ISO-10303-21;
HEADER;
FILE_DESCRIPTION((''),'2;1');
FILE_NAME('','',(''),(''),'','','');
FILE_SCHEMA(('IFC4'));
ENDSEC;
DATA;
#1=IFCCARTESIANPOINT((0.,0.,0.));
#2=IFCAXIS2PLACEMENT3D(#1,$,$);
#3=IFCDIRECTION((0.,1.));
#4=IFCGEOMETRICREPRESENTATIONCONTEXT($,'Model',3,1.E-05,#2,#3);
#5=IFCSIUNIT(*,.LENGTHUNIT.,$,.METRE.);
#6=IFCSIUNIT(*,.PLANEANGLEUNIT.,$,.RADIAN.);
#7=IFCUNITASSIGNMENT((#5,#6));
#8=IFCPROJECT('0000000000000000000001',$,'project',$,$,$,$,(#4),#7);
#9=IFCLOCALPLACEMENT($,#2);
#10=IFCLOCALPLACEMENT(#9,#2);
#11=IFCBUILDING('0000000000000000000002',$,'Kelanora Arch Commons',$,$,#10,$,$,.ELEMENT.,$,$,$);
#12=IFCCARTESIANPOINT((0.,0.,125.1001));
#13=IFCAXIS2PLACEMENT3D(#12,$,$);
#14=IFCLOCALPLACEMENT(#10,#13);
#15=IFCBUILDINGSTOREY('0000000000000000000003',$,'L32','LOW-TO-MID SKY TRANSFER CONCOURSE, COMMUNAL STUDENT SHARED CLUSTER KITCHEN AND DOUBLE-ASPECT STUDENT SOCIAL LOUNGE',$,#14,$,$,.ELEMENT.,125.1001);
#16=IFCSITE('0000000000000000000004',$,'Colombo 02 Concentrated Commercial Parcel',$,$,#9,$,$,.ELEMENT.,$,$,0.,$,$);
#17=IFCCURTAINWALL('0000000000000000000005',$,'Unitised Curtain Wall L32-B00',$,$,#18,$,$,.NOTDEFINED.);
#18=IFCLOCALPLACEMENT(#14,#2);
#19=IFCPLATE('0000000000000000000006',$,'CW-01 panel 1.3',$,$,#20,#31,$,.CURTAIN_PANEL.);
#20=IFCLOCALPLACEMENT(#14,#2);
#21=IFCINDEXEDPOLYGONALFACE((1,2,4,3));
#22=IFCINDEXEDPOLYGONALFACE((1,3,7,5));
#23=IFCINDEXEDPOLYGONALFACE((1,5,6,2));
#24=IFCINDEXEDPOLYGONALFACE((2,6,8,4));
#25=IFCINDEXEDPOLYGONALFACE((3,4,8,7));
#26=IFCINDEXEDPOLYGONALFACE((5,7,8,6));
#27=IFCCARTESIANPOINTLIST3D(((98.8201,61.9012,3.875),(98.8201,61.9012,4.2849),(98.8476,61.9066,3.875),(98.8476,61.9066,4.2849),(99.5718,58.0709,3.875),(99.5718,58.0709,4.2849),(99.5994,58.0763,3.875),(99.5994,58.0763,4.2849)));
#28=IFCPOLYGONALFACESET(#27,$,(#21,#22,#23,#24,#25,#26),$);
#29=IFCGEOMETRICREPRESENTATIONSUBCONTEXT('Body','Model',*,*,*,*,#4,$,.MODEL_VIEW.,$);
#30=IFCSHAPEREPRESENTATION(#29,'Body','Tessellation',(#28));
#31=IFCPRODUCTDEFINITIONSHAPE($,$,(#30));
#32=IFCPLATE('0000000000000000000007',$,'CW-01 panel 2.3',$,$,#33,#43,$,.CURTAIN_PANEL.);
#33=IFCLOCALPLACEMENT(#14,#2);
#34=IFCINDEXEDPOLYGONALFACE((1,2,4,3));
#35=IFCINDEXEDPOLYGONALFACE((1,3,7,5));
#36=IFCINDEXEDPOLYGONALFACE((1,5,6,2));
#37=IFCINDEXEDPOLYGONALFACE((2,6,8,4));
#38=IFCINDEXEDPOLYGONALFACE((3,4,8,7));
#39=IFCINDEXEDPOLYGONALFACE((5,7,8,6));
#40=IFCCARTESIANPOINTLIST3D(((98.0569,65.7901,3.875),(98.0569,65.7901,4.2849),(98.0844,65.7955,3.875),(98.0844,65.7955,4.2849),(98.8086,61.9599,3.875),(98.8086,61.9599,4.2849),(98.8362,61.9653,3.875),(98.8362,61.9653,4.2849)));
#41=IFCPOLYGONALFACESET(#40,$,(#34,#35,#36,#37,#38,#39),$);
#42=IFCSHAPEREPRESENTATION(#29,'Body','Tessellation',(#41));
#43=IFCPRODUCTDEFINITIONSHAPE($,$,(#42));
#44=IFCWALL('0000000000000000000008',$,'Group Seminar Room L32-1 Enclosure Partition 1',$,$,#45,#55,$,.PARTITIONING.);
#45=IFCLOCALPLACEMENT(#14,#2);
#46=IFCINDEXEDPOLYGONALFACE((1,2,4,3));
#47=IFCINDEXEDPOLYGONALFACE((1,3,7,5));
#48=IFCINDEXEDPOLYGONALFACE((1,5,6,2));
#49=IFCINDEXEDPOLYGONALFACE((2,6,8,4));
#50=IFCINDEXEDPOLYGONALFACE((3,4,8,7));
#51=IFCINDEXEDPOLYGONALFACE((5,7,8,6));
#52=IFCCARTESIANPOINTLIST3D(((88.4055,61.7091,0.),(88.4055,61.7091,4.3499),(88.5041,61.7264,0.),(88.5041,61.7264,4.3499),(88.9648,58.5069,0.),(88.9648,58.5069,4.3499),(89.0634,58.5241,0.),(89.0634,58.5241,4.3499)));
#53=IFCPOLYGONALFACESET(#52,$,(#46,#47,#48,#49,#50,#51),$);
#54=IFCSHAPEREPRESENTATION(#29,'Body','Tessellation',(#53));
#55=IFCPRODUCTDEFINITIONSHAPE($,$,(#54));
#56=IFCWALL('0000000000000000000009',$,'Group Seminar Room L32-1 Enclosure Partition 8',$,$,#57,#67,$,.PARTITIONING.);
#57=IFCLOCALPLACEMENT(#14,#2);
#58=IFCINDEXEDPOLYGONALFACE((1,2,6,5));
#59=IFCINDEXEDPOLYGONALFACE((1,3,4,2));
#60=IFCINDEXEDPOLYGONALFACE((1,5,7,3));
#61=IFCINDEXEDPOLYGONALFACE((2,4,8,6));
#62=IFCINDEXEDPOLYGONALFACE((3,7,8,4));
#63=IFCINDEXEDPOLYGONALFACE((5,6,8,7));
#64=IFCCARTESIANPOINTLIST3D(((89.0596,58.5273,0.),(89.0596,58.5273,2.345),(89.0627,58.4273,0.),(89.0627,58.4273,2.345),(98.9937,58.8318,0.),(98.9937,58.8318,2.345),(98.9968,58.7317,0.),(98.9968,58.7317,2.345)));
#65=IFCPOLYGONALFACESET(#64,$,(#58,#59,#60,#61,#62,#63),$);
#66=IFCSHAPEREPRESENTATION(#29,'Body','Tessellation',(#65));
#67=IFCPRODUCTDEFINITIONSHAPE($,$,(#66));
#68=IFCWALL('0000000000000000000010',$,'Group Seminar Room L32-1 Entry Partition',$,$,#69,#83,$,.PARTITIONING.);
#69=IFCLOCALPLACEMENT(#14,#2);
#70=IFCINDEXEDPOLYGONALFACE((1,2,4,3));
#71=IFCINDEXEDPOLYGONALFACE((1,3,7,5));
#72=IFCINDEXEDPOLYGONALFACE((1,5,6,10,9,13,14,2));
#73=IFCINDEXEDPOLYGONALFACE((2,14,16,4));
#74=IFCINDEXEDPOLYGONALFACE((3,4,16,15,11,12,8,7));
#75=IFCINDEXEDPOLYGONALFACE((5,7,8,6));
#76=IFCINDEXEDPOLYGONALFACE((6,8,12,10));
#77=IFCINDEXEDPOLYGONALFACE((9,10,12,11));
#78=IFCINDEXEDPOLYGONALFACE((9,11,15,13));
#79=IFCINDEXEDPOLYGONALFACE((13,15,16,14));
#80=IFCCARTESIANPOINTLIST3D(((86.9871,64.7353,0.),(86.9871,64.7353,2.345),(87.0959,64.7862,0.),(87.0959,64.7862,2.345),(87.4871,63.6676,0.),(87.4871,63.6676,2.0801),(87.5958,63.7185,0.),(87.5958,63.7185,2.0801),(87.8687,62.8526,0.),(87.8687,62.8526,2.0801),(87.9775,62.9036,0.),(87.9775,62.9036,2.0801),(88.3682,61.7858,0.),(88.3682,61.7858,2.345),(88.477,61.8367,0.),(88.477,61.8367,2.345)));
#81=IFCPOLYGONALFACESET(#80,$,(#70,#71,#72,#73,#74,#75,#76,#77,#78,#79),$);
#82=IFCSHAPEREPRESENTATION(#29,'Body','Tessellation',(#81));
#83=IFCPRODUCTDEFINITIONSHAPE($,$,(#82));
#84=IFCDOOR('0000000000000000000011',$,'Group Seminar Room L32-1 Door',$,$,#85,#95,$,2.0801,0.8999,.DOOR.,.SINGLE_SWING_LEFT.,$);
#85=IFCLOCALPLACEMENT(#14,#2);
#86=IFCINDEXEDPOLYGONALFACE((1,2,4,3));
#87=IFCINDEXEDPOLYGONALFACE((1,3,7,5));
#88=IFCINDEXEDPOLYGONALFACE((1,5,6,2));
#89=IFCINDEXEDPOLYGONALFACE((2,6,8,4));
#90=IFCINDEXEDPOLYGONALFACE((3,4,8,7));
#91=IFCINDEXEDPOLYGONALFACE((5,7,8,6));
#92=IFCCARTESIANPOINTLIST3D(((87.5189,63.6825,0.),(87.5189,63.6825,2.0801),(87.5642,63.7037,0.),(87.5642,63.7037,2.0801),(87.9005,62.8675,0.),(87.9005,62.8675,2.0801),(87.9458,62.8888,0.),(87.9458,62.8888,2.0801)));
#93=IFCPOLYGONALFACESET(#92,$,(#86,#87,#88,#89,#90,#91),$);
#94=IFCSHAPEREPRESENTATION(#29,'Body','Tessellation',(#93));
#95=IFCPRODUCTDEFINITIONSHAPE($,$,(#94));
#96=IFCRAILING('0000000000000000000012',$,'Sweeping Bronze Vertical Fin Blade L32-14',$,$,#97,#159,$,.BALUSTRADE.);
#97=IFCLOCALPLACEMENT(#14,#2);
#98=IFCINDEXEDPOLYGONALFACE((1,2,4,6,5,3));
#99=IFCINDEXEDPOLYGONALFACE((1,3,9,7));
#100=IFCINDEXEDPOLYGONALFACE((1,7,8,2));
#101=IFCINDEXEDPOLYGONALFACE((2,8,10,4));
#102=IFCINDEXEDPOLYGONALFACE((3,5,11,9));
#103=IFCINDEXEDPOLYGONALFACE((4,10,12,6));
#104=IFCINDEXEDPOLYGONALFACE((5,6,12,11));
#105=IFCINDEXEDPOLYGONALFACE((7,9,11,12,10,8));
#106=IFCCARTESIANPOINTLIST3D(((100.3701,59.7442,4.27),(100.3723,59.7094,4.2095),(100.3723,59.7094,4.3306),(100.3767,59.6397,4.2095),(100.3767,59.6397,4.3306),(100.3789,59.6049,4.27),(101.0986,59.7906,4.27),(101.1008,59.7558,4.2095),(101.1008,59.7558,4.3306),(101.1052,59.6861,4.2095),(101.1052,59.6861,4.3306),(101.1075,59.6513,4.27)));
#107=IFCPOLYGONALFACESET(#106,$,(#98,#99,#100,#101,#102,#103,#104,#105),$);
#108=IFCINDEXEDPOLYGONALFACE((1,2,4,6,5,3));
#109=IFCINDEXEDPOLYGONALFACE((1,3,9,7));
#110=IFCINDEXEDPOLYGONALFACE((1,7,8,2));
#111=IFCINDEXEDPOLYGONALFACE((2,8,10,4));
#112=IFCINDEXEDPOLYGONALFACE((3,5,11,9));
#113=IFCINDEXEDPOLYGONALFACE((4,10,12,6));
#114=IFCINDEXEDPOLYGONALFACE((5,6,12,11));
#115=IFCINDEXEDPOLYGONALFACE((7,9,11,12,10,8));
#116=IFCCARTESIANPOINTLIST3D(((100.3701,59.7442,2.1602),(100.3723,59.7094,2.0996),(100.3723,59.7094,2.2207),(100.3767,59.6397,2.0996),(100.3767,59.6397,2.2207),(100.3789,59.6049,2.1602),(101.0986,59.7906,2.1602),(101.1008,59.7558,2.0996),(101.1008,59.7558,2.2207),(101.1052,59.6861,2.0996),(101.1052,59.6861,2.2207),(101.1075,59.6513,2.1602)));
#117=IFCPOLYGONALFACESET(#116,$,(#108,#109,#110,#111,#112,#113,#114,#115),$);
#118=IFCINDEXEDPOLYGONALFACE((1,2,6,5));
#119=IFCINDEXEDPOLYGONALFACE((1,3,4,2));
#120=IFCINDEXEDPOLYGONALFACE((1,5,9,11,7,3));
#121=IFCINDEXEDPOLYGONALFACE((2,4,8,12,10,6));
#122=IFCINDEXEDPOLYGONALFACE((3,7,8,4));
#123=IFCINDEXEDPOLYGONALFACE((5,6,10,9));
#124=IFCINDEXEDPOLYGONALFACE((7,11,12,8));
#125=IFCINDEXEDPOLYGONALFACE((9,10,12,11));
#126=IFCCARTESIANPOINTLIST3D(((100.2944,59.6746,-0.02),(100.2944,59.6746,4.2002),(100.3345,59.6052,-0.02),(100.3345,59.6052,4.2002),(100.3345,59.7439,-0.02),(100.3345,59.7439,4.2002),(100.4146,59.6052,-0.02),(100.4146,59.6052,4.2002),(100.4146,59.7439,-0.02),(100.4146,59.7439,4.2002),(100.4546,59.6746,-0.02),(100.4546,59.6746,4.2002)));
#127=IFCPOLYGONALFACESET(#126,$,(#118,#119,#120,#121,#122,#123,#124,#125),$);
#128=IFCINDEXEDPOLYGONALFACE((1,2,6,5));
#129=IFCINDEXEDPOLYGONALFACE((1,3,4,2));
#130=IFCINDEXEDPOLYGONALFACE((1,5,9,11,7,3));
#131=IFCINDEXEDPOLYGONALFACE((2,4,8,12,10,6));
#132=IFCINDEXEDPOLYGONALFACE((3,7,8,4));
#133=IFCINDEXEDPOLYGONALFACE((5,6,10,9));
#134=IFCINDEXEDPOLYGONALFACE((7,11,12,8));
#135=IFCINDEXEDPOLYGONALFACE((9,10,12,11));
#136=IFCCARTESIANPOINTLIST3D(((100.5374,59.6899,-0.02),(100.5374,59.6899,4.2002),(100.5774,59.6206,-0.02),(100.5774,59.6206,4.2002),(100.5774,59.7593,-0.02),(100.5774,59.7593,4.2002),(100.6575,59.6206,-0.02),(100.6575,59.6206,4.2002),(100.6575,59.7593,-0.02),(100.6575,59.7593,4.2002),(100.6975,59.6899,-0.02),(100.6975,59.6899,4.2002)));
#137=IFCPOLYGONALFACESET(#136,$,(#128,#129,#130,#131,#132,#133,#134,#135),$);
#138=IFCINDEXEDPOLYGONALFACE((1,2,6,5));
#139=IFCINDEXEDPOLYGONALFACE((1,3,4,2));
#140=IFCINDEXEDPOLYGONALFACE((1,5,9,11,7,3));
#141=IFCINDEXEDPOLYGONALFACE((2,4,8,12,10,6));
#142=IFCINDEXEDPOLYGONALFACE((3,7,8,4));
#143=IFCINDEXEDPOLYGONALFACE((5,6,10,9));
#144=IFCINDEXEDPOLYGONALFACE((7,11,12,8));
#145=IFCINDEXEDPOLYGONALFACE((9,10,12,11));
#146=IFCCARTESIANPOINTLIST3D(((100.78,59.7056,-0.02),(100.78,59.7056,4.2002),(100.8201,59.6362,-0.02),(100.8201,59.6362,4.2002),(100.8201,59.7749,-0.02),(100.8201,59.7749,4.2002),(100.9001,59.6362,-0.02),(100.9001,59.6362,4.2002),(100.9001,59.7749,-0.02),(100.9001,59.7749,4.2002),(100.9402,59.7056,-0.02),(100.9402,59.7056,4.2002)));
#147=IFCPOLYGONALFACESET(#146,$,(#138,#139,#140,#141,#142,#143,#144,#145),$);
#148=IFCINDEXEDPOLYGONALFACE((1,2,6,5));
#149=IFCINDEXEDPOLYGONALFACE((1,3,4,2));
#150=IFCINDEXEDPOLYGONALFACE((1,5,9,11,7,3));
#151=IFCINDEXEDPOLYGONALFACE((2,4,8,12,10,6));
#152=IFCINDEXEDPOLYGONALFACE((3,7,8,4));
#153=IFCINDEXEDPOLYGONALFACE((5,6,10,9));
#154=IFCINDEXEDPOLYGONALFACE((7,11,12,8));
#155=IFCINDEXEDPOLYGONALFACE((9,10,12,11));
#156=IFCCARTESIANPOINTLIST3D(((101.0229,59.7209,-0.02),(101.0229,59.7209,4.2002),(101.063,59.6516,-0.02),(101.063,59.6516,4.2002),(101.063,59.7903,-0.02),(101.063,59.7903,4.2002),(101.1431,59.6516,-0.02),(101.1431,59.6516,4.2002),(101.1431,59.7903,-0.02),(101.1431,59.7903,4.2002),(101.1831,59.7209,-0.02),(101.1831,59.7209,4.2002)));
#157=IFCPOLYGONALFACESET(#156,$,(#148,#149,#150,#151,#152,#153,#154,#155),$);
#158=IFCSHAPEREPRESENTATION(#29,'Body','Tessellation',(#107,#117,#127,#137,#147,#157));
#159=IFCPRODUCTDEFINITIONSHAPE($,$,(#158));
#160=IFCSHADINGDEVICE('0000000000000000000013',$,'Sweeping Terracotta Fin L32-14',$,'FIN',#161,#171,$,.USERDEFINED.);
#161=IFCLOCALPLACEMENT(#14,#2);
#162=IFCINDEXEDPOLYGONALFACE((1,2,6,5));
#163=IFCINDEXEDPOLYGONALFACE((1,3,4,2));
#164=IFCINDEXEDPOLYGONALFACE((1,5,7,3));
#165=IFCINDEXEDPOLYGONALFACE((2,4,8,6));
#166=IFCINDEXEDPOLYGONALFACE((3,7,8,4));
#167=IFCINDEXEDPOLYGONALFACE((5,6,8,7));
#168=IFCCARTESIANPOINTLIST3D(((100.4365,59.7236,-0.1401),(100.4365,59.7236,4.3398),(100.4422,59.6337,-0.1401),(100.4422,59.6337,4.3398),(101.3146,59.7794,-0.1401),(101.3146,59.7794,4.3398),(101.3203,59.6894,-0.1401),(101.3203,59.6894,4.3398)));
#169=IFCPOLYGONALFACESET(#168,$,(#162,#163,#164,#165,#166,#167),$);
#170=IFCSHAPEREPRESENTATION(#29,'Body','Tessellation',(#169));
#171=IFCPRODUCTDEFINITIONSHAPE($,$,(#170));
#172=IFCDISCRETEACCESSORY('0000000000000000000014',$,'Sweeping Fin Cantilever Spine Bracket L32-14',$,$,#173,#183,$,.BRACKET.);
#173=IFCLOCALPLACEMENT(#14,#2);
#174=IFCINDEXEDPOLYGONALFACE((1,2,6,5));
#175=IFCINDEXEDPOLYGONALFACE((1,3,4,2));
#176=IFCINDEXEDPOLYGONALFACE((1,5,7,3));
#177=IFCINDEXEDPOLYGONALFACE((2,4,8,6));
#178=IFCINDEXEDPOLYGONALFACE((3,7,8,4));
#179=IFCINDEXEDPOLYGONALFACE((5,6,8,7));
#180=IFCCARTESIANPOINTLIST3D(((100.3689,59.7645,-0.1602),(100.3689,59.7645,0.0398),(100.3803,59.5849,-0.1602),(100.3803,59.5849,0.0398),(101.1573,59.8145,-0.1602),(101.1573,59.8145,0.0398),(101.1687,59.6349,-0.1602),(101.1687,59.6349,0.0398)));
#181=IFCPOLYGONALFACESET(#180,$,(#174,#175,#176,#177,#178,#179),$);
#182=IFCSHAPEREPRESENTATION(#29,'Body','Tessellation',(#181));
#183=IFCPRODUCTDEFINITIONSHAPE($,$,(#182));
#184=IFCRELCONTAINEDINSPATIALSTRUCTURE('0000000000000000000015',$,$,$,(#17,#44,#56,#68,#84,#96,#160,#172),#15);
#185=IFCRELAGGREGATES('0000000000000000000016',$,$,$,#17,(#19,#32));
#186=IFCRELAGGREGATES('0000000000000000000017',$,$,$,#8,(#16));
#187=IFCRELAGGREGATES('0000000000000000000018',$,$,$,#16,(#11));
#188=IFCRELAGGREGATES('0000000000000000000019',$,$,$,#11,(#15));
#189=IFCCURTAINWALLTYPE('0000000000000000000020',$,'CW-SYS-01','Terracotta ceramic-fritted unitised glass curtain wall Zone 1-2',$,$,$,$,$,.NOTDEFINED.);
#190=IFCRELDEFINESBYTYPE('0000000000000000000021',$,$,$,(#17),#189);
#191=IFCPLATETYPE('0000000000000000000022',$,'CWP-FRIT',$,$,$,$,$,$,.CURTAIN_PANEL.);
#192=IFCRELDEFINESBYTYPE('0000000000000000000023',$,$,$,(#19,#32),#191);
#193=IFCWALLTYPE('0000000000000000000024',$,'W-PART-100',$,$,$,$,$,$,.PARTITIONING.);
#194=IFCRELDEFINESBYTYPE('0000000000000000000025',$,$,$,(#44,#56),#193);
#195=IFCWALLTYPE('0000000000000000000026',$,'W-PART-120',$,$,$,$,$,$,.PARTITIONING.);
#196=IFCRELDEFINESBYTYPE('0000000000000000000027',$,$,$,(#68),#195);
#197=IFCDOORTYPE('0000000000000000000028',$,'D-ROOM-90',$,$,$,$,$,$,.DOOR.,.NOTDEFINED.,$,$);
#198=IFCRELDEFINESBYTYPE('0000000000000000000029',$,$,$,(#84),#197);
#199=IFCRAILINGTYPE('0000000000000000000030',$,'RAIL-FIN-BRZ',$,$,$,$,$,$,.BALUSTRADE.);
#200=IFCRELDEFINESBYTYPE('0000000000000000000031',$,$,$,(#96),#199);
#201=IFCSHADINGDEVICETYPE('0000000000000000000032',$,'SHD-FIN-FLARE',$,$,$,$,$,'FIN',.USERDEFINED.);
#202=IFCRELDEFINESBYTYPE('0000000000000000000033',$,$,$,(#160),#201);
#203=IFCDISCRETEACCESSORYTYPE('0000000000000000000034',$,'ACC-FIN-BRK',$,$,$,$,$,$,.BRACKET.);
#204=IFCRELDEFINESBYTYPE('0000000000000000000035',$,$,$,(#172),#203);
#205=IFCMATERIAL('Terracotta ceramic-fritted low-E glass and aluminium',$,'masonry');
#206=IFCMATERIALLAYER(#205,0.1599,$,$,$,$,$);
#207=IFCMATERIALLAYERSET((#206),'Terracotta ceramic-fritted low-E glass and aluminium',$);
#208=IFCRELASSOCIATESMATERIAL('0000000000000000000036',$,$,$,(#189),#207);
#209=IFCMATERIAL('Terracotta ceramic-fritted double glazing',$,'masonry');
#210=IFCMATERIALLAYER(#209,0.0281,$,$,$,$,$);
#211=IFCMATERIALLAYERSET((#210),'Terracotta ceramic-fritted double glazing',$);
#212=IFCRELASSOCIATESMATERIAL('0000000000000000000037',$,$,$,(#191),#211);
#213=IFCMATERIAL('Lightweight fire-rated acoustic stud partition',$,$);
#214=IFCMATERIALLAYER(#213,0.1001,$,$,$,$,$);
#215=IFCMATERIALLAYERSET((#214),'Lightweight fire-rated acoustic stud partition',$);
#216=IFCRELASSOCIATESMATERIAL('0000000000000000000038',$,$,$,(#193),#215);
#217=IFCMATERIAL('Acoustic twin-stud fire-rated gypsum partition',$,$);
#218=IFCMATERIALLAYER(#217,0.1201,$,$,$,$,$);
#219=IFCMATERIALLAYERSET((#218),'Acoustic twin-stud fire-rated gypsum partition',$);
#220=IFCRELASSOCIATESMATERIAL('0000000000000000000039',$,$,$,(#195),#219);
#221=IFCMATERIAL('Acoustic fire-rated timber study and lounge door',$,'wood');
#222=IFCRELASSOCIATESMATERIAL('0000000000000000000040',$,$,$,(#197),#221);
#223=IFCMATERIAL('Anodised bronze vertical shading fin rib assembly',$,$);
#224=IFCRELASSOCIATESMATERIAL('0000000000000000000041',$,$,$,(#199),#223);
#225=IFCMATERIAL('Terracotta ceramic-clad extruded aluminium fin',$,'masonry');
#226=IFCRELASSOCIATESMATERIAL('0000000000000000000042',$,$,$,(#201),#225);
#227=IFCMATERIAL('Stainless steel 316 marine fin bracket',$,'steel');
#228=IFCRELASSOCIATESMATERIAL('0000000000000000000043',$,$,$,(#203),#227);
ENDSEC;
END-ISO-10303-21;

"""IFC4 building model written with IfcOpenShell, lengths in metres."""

from ifc_helpers import new_model, si_unit, direction, frame, frame_2d, origin, origin_2d, place, context, subcontext, project, spatial, polyline, rectangle, outline, extrude, source, transform, mapped, material, layer, layer_set, type_object, element, fill, aggregate, save


model = new_model("IFC4")

# Units and contexts
model_context = context("Model", 3, precision=1e-05, world=origin(), true_north=direction((0.0, 1.0)))
body_context = subcontext(model_context, "Body", "Model", "MODEL_VIEW")
ifc_project = project(units=[si_unit("LENGTHUNIT", "METRE"), si_unit("PLANEANGLEUNIT", "RADIAN")], contexts=[model_context])

# Site, building, storey
site_placement = place(None, origin())
site = spatial("IfcSite", under=ifc_project, at=site_placement, Name="Colombo 02 Concentrated Commercial Parcel", CompositionType="ELEMENT", RefElevation=0.0)
building_placement = place(site_placement, origin())
building = spatial("IfcBuilding", under=site, at=building_placement, Name="Kelanora Arch Commons", CompositionType="ELEMENT")
storey_placement = place(building_placement, frame((0.0, 0.0, 125.1001)))
storey = spatial("IfcBuildingStorey", under=building, at=storey_placement, Name="L32", Description="LOW-TO-MID SKY TRANSFER CONCOURSE, COMMUNAL STUDENT SHARED CLUSTER KITCHEN AND DOUBLE-ASPECT STUDENT SOCIAL LOUNGE", CompositionType="ELEMENT", Elevation=125.1001)

# Curtain wall, plates
ifc_material_1 = material(Name="Terracotta ceramic-fritted low-E glass and aluminium", Category="masonry")
ifc_layer_1 = layer(ifc_material_1, 0.1599)
ifc_layer_set_1 = layer_set([ifc_layer_1], Name="Terracotta ceramic-fritted low-E glass and aluminium")
curtain_wall_type = type_object("IfcCurtainWallType", Name="CW-SYS-01", Description="Terracotta ceramic-fritted unitised glass curtain wall Zone 1-2", PredefinedType="NOTDEFINED", material=ifc_layer_set_1)
curtain_wall_placement = place(storey_placement, origin())
curtain_wall = element("IfcCurtainWall", 1, at=curtain_wall_placement, inside=storey, type_object=curtain_wall_type, Name="Unitised Curtain Wall L32-B00", PredefinedType="NOTDEFINED")
ifc_material_2 = material(Name="Terracotta ceramic-fritted double glazing", Category="masonry")
ifc_layer_2 = layer(ifc_material_2, 0.0281)
ifc_layer_set_2 = layer_set([ifc_layer_2], Name="Terracotta ceramic-fritted double glazing")
plate_type = type_object("IfcPlateType", Name="CWP-FRIT", PredefinedType="CURTAIN_PANEL", material=ifc_layer_set_2)
shared_shape_1 = source(origin(), body_context, "Body", "SweptSolid", [
    extrude(rectangle(XDim=3.9033, YDim=0.0281, at=origin_2d()), origin(), (0.0, 0.0, 1.0), 0.4099),
])
plate_1_placement = place(storey_placement, frame((99.2097, 59.9888, 3.875), z_axis=(0.0, 0.0, 1.0), x_axis=(-0.192585, 0.98128, 0.0)))
plate_1 = element("IfcPlate", 2, at=plate_1_placement, type_object=plate_type, Name="CW-01 panel 1.3", PredefinedType="CURTAIN_PANEL", context=body_context, shape_type="MappedRepresentation", body=[
    mapped(shared_shape_1, transform((0.0, 0.0, 0.0), scale=1.0)),
])
plate_2_placement = place(storey_placement, frame((98.4465, 63.8777, 3.875), z_axis=(0.0, 0.0, 1.0), x_axis=(-0.192585, 0.98128, 0.0)))
plate_2 = element("IfcPlate", 3, at=plate_2_placement, type_object=plate_type, Name="CW-01 panel 2.3", PredefinedType="CURTAIN_PANEL", context=body_context, shape_type="MappedRepresentation", body=[
    mapped(shared_shape_1, transform((0.0, 0.0, 0.0), scale=1.0)),
])
aggregate(curtain_wall, [plate_1, plate_2])

# Walls
ifc_material_3 = material(Name="Lightweight fire-rated acoustic stud partition")
ifc_layer_3 = layer(ifc_material_3, 0.1001)
ifc_layer_set_3 = layer_set([ifc_layer_3], Name="Lightweight fire-rated acoustic stud partition")
wall_type_1 = type_object("IfcWallType", Name="W-PART-100", PredefinedType="PARTITIONING", material=ifc_layer_set_3)
wall_1_placement = place(storey_placement, frame((89.0142, 58.5154, 0.0), z_axis=(0.0, 0.0, 1.0), x_axis=(-0.172067, 0.985085, 0.0)))
element("IfcWall", 4, at=wall_1_placement, inside=storey, type_object=wall_type_1, Name="Group Seminar Room L32-1 Enclosure Partition 1", PredefinedType="PARTITIONING", context=body_context, shape_type="SweptSolid", body=[
    extrude(rectangle(XDim=3.2507, YDim=0.1001, at=frame_2d((1.6255, 0.0))), origin(), (0.0, 0.0, 1.0), 4.3499),
])
wall_2_placement = place(storey_placement, frame((98.9951, 58.7817, 0.0), z_axis=(0.0, 0.0, 1.0), x_axis=(-0.999531, -0.030632, 0.0)))
element("IfcWall", 5, at=wall_2_placement, inside=storey, type_object=wall_type_1, Name="Group Seminar Room L32-1 Enclosure Partition 8", PredefinedType="PARTITIONING", context=body_context, shape_type="SweptSolid", body=[
    extrude(rectangle(XDim=9.9387, YDim=0.1001, at=frame_2d((4.9692, 0.0))), origin(), (0.0, 0.0, 1.0), 2.345),
])

# Wall, opening, door
ifc_material_4 = material(Name="Acoustic twin-stud fire-rated gypsum partition")
ifc_layer_4 = layer(ifc_material_4, 0.1201)
ifc_layer_set_4 = layer_set([ifc_layer_4], Name="Acoustic twin-stud fire-rated gypsum partition")
wall_type_2 = type_object("IfcWallType", Name="W-PART-120", PredefinedType="PARTITIONING", material=ifc_layer_set_4)
wall_3_placement = place(storey_placement, frame((88.4226, 61.8113, 0.0), z_axis=(0.0, 0.0, 1.0), x_axis=(-0.424067, 0.905631, 0.0)))
wall_3 = element("IfcWall", 6, at=wall_3_placement, inside=storey, type_object=wall_type_2, Name="Group Seminar Room L32-1 Entry Partition", PredefinedType="PARTITIONING", context=body_context, shape_type="SweptSolid", body=[
    extrude(rectangle(XDim=3.2568, YDim=0.1201, at=frame_2d((1.6284, 0.0))), origin(), (0.0, 0.0, 1.0), 2.345),
])
opening_placement = place(wall_3_placement, frame((1.178, 0.0, 0.0)))
opening = element("IfcOpeningElement", 7, at=opening_placement, cuts=wall_3, PredefinedType="OPENING", context=body_context, shape_type="SweptSolid", body=[
    extrude(rectangle(XDim=0.8999, YDim=2.0801, at=frame_2d((0.45, 1.04))), frame((0.0, 0.0701, 0.0), z_axis=(0.0, -1.0, 0.0), x_axis=(1.0, 0.0, 0.0)), (0.0, 0.0, 1.0), 0.1401),
])
ifc_material_5 = material(Name="Acoustic fire-rated timber study and lounge door", Category="wood")
door_type = type_object("IfcDoorType", Name="D-ROOM-90", OperationType="NOTDEFINED", PredefinedType="DOOR", material=ifc_material_5)
door_placement = place(opening_placement, origin())
door = element("IfcDoor", 8, at=door_placement, inside=storey, type_object=door_type, Name="Group Seminar Room L32-1 Door", OperationType="SINGLE_SWING_LEFT", OverallHeight=2.0801, OverallWidth=0.8999, PredefinedType="DOOR", context=body_context, shape_type="SweptSolid", body=[
    extrude(rectangle(XDim=0.8999, YDim=2.0801, at=frame_2d((0.45, 1.04))), frame((0.0, 0.0249, 0.0), z_axis=(0.0, -1.0, 0.0), x_axis=(1.0, 0.0, 0.0)), (0.0, 0.0, 1.0), 0.05),
])
fill(opening, door)

# Railing
ifc_material_6 = material(Name="Anodised bronze vertical shading fin rib assembly")
railing_type_1 = type_object("IfcRailingType", Name="RAIL-FIN-BRZ", PredefinedType="BALUSTRADE", material=ifc_material_6)
railing_1_placement = place(storey_placement, frame((100.3745, 59.6746, -0.02)))
element("IfcRailing", 9, at=railing_1_placement, inside=storey, type_object=railing_type_1, Name="Sweeping Bronze Vertical Fin Blade L32-14", PredefinedType="BALUSTRADE", context=body_context, shape_type="SweptSolid", body=[
    extrude(outline(polyline([(0.0698, 0.0), (0.0349, 0.0605), (-0.0349, 0.0605), (-0.0698, 0.0), (-0.0349, -0.0605), (0.0349, -0.0605), (0.0698, 0.0)])), frame((0.0, 0.0, 4.29), z_axis=(0.997979, 0.063544, 0.0), x_axis=(-0.063544, 0.997979, 0.0)), (0.0, 0.0, 1.0), 0.73),
    extrude(outline(polyline([(0.0698, 0.0), (0.0349, 0.0605), (-0.0349, 0.0605), (-0.0698, 0.0), (-0.0349, -0.0605), (0.0349, -0.0605), (0.0698, 0.0)])), frame((0.0, 0.0, 2.1802), z_axis=(0.997979, 0.063544, 0.0), x_axis=(-0.063544, 0.997979, 0.0)), (0.0, 0.0, 1.0), 0.73),
    extrude(outline(polyline([(0.0801, 0.0), (0.04, 0.0693), (-0.04, 0.0693), (-0.0801, 0.0), (-0.04, -0.0693), (0.04, -0.0693), (0.0801, 0.0)])), origin(), (0.0, 0.0, 1.0), 4.2202),
    extrude(outline(polyline([(0.0801, 0.0), (0.04, 0.0693), (-0.04, 0.0693), (-0.0801, 0.0), (-0.04, -0.0693), (0.04, -0.0693), (0.0801, 0.0)])), frame((0.2429, 0.0154, 0.0)), (0.0, 0.0, 1.0), 4.2202),
    extrude(outline(polyline([(0.0801, 0.0), (0.04, 0.0693), (-0.04, 0.0693), (-0.0801, 0.0), (-0.04, -0.0693), (0.04, -0.0693), (0.0801, 0.0)])), frame((0.4856, 0.031, 0.0)), (0.0, 0.0, 1.0), 4.2202),
    extrude(outline(polyline([(0.0801, 0.0), (0.04, 0.0693), (-0.04, 0.0693), (-0.0801, 0.0), (-0.04, -0.0693), (0.04, -0.0693), (0.0801, 0.0)])), frame((0.7285, 0.0464, 0.0)), (0.0, 0.0, 1.0), 4.2202),
])

# Shading device
ifc_material_7 = material(Name="Terracotta ceramic-clad extruded aluminium fin", Category="masonry")
shading_device_type = type_object("IfcShadingDeviceType", Name="SHD-FIN-FLARE", ElementType="FIN", PredefinedType="USERDEFINED", material=ifc_material_7)
shared_shape_2 = source(origin(), body_context, "Body", "SweptSolid", [
    extrude(rectangle(XDim=0.8799, YDim=0.0901, at=origin_2d()), origin(), (0.0, 0.0, 1.0), 4.48),
])
shading_device_placement = place(storey_placement, frame((100.8784, 59.7065, -0.1401), z_axis=(0.0, 0.0, 1.0), x_axis=(0.997994, 0.063313, 0.0)))
element("IfcShadingDevice", 10, at=shading_device_placement, inside=storey, type_object=shading_device_type, Name="Sweeping Terracotta Fin L32-14", ObjectType="FIN", PredefinedType="USERDEFINED", context=body_context, shape_type="MappedRepresentation", body=[
    mapped(shared_shape_2, transform((0.0, 0.0, 0.0), scale=1.0)),
])

# Discrete accessory
ifc_material_8 = material(Name="Stainless steel 316 marine fin bracket", Category="steel")
discrete_accessory_type = type_object("IfcDiscreteAccessoryType", Name="ACC-FIN-BRK", PredefinedType="BRACKET", material=ifc_material_8)
shared_shape_3 = source(origin(), body_context, "Body", "SweptSolid", [
    extrude(rectangle(XDim=0.79, YDim=0.1799, at=origin_2d()), origin(), (0.0, 0.0, 1.0), 0.2),
])
discrete_accessory_placement = place(storey_placement, frame((100.7688, 59.6997, -0.1602), z_axis=(0.0, 0.0, 1.0), x_axis=(0.997994, 0.063313, 0.0)))
element("IfcDiscreteAccessory", 11, at=discrete_accessory_placement, inside=storey, type_object=discrete_accessory_type, Name="Sweeping Fin Cantilever Spine Bracket L32-14", PredefinedType="BRACKET", context=body_context, shape_type="MappedRepresentation", body=[
    mapped(shared_shape_3, transform((0.0, 0.0, 0.0), scale=1.0)),
])

save(model, "model.ifc")
